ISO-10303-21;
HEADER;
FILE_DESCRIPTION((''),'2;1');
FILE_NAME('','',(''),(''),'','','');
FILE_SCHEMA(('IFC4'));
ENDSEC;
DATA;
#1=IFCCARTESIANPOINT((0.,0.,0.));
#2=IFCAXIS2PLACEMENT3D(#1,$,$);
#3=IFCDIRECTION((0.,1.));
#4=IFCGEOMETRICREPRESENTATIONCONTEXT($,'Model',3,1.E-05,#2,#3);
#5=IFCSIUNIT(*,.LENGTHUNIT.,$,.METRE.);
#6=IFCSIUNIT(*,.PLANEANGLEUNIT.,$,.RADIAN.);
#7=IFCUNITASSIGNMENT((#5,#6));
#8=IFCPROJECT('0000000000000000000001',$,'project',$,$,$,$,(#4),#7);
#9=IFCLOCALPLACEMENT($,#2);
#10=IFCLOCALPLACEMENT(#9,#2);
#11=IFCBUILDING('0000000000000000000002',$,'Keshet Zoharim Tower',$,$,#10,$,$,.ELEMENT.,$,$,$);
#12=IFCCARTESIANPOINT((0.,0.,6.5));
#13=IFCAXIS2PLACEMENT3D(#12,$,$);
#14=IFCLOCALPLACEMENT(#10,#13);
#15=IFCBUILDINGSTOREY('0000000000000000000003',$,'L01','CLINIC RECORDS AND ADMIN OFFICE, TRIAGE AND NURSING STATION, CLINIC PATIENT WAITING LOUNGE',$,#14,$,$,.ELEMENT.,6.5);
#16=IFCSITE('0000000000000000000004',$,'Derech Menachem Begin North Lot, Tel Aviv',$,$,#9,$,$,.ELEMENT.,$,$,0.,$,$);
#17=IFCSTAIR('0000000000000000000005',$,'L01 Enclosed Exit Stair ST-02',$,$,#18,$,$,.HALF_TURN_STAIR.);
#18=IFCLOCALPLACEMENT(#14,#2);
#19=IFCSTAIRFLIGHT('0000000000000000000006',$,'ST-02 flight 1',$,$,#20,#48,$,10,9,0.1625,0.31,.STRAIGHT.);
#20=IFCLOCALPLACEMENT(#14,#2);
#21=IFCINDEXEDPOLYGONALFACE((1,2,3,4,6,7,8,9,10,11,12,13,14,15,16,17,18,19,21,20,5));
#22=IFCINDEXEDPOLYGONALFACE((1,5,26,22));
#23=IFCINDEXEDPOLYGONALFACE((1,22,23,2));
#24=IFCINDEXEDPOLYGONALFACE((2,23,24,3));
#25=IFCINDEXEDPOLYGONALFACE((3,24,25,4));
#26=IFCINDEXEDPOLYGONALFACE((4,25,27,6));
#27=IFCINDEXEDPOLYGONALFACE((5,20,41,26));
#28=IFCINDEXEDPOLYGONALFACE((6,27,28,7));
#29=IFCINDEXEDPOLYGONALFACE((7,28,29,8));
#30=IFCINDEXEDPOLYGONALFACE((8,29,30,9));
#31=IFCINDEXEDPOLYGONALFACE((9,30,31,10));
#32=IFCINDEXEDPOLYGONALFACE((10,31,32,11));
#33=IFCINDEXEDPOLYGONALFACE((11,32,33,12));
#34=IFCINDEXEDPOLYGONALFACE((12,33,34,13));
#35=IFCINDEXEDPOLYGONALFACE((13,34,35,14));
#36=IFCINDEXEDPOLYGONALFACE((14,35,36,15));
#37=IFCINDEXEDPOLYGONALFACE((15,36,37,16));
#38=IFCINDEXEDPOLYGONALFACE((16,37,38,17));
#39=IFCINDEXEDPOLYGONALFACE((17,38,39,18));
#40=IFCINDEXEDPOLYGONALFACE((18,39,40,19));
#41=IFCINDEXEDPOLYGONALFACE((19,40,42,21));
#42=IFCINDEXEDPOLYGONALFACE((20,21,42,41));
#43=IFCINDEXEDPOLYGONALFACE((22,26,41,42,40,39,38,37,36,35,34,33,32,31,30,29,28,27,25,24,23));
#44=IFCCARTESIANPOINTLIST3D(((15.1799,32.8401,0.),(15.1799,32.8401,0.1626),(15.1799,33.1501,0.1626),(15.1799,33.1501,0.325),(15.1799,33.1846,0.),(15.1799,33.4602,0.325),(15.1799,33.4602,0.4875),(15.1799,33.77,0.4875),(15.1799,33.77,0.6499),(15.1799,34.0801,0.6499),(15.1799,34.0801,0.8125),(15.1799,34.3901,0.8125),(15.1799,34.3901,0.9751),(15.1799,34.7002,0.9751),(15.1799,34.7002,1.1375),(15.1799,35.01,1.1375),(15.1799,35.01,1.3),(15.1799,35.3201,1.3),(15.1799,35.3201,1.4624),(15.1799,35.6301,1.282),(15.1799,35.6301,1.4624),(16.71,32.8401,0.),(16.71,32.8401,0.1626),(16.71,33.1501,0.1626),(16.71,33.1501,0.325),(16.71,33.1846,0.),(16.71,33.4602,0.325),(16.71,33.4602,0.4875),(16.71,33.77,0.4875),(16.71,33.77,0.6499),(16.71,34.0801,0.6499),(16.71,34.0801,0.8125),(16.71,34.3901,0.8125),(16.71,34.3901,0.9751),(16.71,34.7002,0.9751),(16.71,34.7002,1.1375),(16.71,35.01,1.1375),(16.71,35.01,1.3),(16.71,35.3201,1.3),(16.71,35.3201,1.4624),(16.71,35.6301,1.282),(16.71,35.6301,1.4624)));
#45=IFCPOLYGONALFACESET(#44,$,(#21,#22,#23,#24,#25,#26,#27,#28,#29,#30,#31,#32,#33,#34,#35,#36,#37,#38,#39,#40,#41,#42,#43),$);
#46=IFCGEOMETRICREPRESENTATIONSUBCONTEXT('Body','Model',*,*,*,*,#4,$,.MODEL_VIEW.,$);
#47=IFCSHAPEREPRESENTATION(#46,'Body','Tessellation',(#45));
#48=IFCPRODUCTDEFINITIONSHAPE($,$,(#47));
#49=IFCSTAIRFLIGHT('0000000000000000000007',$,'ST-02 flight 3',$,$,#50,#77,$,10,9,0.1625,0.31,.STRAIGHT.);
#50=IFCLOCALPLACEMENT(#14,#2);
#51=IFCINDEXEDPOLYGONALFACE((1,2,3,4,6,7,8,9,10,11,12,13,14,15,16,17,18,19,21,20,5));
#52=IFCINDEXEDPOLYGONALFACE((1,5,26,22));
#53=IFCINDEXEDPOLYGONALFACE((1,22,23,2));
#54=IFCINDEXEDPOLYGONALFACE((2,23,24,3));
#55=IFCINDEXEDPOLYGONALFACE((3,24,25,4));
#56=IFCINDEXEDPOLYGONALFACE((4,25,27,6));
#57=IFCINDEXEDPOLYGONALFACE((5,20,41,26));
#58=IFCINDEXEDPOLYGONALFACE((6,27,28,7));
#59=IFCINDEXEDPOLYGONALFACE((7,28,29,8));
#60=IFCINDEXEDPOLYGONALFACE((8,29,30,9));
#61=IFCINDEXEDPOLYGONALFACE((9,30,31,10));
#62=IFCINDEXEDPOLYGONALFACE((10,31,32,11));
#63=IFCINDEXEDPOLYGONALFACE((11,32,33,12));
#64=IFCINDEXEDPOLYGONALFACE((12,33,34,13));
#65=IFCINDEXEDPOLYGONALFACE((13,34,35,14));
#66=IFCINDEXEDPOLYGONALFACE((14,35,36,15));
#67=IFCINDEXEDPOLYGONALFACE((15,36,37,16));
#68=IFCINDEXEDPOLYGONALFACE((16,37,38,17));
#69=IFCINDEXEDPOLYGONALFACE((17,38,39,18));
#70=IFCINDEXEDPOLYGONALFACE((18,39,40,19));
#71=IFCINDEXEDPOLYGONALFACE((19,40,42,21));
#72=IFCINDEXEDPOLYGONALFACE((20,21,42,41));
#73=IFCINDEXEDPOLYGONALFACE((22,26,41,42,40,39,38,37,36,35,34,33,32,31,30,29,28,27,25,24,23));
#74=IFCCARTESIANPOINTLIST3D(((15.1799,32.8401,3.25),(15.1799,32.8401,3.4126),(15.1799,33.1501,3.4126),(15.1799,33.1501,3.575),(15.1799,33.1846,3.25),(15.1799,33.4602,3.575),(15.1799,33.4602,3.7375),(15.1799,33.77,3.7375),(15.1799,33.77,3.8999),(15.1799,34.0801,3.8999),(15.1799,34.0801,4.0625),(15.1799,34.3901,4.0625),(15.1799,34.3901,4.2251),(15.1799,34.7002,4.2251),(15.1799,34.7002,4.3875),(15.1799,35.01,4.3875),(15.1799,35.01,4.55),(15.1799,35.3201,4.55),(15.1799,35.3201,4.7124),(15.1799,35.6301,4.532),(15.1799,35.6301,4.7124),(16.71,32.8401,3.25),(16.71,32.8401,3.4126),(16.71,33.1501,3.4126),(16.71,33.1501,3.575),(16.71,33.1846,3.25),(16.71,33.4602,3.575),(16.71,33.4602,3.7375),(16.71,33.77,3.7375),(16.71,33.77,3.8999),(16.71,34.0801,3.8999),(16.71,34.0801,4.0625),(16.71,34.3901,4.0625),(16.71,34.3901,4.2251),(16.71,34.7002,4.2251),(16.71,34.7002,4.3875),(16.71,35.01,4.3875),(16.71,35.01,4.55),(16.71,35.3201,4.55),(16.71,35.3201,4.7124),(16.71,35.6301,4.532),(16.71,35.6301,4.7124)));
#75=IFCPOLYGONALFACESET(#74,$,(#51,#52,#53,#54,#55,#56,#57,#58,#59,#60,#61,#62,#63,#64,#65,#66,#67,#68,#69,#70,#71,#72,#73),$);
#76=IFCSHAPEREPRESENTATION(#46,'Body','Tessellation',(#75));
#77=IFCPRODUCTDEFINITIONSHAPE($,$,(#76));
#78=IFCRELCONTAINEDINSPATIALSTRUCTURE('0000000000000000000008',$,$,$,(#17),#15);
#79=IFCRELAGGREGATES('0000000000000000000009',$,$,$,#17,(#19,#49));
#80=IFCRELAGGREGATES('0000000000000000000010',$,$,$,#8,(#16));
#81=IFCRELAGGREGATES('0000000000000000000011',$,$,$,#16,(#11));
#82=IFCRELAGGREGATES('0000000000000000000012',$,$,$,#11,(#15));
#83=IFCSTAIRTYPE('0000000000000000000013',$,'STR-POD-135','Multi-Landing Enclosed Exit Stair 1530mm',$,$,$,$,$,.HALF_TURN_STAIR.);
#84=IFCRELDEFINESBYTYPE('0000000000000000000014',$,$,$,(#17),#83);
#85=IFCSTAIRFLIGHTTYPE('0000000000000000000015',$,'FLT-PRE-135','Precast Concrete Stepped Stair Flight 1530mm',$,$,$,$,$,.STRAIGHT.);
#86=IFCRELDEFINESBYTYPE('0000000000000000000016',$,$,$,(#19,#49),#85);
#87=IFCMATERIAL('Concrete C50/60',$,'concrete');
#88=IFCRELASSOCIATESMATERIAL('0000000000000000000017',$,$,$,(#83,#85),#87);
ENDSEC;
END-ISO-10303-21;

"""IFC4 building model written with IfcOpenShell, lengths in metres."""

from ifc_helpers import new_model, si_unit, direction, frame, origin, place, context, subcontext, project, spatial, polyline, outline, extrude, material, type_object, element, aggregate, save


model = new_model("IFC4")

# Units and contexts
model_context = context("Model", 3, precision=1e-05, world=origin(), true_north=direction((0.0, 1.0)))
body_context = subcontext(model_context, "Body", "Model", "MODEL_VIEW")
ifc_project = project(units=[si_unit("LENGTHUNIT", "METRE"), si_unit("PLANEANGLEUNIT", "RADIAN")], contexts=[model_context])

# Site, building, storey
site_placement = place(None, origin())
site = spatial("IfcSite", under=ifc_project, at=site_placement, Name="Derech Menachem Begin North Lot, Tel Aviv", CompositionType="ELEMENT", RefElevation=0.0)
building_placement = place(site_placement, origin())
building = spatial("IfcBuilding", under=site, at=building_placement, Name="Keshet Zoharim Tower", CompositionType="ELEMENT")
storey_placement = place(building_placement, frame((0.0, 0.0, 6.5)))
storey = spatial("IfcBuildingStorey", under=building, at=storey_placement, Name="L01", Description="CLINIC RECORDS AND ADMIN OFFICE, TRIAGE AND NURSING STATION, CLINIC PATIENT WAITING LOUNGE", CompositionType="ELEMENT", Elevation=6.5)

# Shared definitions
ifc_material_1 = material(Name="Concrete C50/60", Category="concrete")

# Stair, stair flights
stair_type = type_object("IfcStairType", Name="STR-POD-135", Description="Multi-Landing Enclosed Exit Stair 1530mm", PredefinedType="HALF_TURN_STAIR", material=ifc_material_1)
stair_placement = place(storey_placement, origin())
stair = element("IfcStair", 1, at=stair_placement, inside=storey, type_object=stair_type, Name="L01 Enclosed Exit Stair ST-02", PredefinedType="HALF_TURN_STAIR")
stair_flight_type = type_object("IfcStairFlightType", Name="FLT-PRE-135", Description="Precast Concrete Stepped Stair Flight 1530mm", PredefinedType="STRAIGHT", material=ifc_material_1)
stair_flight_1_placement = place(storey_placement, frame((15.9451, 32.8401, 0.0), z_axis=(0.0, 0.0, 1.0), x_axis=(0.0, 1.0, 0.0)))
stair_flight_1 = element("IfcStairFlight", 2, at=stair_flight_1_placement, type_object=stair_flight_type, Name="ST-02 flight 1", NumberOfRisers=10, NumberOfTreads=9, PredefinedType="STRAIGHT", RiserHeight=0.1625, TreadLength=0.31, context=body_context, shape_type="SweptSolid", body=[
    extrude(outline(polyline([(0.0, 0.0), (0.0, 0.1626), (0.3101, 0.1626), (0.3101, 0.325), (0.6201, 0.325), (0.6201, 0.4875), (0.9299, 0.4875), (0.9299, 0.6499), (1.24, 0.6499), (1.24, 0.8125), (1.55, 0.8125), (1.55, 0.9751), (1.8601, 0.9751), (1.8601, 1.1375), (2.1699, 1.1375), (2.1699, 1.3), (2.48, 1.3), (2.48, 1.4624), (2.79, 1.4624), (2.79, 1.625), (2.79, 1.282), (0.3445, 0.0), (0.0, 0.0)])), frame((0.0, 0.7651, 0.0), z_axis=(0.0, -1.0, 0.0), x_axis=(1.0, 0.0, 0.0)), (0.0, 0.0, 1.0), 1.53),
])
stair_flight_2_placement = place(storey_placement, frame((15.9451, 32.8401, 3.25), z_axis=(0.0, 0.0, 1.0), x_axis=(0.0, 1.0, 0.0)))
stair_flight_2 = element("IfcStairFlight", 3, at=stair_flight_2_placement, type_object=stair_flight_type, Name="ST-02 flight 3", NumberOfRisers=10, NumberOfTreads=9, PredefinedType="STRAIGHT", RiserHeight=0.1625, TreadLength=0.31, context=body_context, shape_type="SweptSolid", body=[
    extrude(outline(polyline([(0.0, 0.0), (0.0, 0.1626), (0.3101, 0.1626), (0.3101, 0.325), (0.6201, 0.325), (0.6201, 0.4875), (0.9299, 0.4875), (0.9299, 0.6499), (1.24, 0.6499), (1.24, 0.8125), (1.55, 0.8125), (1.55, 0.9751), (1.8601, 0.9751), (1.8601, 1.1375), (2.1699, 1.1375), (2.1699, 1.3), (2.48, 1.3), (2.48, 1.4624), (2.79, 1.4624), (2.79, 1.625), (2.79, 1.282), (0.3445, 0.0), (0.0, 0.0)])), frame((0.0, 0.7651, 0.0), z_axis=(0.0, -1.0, 0.0), x_axis=(1.0, 0.0, 0.0)), (0.0, 0.0, 1.0), 1.53),
])
aggregate(stair, [stair_flight_1, stair_flight_2])

save(model, "model.ifc")
